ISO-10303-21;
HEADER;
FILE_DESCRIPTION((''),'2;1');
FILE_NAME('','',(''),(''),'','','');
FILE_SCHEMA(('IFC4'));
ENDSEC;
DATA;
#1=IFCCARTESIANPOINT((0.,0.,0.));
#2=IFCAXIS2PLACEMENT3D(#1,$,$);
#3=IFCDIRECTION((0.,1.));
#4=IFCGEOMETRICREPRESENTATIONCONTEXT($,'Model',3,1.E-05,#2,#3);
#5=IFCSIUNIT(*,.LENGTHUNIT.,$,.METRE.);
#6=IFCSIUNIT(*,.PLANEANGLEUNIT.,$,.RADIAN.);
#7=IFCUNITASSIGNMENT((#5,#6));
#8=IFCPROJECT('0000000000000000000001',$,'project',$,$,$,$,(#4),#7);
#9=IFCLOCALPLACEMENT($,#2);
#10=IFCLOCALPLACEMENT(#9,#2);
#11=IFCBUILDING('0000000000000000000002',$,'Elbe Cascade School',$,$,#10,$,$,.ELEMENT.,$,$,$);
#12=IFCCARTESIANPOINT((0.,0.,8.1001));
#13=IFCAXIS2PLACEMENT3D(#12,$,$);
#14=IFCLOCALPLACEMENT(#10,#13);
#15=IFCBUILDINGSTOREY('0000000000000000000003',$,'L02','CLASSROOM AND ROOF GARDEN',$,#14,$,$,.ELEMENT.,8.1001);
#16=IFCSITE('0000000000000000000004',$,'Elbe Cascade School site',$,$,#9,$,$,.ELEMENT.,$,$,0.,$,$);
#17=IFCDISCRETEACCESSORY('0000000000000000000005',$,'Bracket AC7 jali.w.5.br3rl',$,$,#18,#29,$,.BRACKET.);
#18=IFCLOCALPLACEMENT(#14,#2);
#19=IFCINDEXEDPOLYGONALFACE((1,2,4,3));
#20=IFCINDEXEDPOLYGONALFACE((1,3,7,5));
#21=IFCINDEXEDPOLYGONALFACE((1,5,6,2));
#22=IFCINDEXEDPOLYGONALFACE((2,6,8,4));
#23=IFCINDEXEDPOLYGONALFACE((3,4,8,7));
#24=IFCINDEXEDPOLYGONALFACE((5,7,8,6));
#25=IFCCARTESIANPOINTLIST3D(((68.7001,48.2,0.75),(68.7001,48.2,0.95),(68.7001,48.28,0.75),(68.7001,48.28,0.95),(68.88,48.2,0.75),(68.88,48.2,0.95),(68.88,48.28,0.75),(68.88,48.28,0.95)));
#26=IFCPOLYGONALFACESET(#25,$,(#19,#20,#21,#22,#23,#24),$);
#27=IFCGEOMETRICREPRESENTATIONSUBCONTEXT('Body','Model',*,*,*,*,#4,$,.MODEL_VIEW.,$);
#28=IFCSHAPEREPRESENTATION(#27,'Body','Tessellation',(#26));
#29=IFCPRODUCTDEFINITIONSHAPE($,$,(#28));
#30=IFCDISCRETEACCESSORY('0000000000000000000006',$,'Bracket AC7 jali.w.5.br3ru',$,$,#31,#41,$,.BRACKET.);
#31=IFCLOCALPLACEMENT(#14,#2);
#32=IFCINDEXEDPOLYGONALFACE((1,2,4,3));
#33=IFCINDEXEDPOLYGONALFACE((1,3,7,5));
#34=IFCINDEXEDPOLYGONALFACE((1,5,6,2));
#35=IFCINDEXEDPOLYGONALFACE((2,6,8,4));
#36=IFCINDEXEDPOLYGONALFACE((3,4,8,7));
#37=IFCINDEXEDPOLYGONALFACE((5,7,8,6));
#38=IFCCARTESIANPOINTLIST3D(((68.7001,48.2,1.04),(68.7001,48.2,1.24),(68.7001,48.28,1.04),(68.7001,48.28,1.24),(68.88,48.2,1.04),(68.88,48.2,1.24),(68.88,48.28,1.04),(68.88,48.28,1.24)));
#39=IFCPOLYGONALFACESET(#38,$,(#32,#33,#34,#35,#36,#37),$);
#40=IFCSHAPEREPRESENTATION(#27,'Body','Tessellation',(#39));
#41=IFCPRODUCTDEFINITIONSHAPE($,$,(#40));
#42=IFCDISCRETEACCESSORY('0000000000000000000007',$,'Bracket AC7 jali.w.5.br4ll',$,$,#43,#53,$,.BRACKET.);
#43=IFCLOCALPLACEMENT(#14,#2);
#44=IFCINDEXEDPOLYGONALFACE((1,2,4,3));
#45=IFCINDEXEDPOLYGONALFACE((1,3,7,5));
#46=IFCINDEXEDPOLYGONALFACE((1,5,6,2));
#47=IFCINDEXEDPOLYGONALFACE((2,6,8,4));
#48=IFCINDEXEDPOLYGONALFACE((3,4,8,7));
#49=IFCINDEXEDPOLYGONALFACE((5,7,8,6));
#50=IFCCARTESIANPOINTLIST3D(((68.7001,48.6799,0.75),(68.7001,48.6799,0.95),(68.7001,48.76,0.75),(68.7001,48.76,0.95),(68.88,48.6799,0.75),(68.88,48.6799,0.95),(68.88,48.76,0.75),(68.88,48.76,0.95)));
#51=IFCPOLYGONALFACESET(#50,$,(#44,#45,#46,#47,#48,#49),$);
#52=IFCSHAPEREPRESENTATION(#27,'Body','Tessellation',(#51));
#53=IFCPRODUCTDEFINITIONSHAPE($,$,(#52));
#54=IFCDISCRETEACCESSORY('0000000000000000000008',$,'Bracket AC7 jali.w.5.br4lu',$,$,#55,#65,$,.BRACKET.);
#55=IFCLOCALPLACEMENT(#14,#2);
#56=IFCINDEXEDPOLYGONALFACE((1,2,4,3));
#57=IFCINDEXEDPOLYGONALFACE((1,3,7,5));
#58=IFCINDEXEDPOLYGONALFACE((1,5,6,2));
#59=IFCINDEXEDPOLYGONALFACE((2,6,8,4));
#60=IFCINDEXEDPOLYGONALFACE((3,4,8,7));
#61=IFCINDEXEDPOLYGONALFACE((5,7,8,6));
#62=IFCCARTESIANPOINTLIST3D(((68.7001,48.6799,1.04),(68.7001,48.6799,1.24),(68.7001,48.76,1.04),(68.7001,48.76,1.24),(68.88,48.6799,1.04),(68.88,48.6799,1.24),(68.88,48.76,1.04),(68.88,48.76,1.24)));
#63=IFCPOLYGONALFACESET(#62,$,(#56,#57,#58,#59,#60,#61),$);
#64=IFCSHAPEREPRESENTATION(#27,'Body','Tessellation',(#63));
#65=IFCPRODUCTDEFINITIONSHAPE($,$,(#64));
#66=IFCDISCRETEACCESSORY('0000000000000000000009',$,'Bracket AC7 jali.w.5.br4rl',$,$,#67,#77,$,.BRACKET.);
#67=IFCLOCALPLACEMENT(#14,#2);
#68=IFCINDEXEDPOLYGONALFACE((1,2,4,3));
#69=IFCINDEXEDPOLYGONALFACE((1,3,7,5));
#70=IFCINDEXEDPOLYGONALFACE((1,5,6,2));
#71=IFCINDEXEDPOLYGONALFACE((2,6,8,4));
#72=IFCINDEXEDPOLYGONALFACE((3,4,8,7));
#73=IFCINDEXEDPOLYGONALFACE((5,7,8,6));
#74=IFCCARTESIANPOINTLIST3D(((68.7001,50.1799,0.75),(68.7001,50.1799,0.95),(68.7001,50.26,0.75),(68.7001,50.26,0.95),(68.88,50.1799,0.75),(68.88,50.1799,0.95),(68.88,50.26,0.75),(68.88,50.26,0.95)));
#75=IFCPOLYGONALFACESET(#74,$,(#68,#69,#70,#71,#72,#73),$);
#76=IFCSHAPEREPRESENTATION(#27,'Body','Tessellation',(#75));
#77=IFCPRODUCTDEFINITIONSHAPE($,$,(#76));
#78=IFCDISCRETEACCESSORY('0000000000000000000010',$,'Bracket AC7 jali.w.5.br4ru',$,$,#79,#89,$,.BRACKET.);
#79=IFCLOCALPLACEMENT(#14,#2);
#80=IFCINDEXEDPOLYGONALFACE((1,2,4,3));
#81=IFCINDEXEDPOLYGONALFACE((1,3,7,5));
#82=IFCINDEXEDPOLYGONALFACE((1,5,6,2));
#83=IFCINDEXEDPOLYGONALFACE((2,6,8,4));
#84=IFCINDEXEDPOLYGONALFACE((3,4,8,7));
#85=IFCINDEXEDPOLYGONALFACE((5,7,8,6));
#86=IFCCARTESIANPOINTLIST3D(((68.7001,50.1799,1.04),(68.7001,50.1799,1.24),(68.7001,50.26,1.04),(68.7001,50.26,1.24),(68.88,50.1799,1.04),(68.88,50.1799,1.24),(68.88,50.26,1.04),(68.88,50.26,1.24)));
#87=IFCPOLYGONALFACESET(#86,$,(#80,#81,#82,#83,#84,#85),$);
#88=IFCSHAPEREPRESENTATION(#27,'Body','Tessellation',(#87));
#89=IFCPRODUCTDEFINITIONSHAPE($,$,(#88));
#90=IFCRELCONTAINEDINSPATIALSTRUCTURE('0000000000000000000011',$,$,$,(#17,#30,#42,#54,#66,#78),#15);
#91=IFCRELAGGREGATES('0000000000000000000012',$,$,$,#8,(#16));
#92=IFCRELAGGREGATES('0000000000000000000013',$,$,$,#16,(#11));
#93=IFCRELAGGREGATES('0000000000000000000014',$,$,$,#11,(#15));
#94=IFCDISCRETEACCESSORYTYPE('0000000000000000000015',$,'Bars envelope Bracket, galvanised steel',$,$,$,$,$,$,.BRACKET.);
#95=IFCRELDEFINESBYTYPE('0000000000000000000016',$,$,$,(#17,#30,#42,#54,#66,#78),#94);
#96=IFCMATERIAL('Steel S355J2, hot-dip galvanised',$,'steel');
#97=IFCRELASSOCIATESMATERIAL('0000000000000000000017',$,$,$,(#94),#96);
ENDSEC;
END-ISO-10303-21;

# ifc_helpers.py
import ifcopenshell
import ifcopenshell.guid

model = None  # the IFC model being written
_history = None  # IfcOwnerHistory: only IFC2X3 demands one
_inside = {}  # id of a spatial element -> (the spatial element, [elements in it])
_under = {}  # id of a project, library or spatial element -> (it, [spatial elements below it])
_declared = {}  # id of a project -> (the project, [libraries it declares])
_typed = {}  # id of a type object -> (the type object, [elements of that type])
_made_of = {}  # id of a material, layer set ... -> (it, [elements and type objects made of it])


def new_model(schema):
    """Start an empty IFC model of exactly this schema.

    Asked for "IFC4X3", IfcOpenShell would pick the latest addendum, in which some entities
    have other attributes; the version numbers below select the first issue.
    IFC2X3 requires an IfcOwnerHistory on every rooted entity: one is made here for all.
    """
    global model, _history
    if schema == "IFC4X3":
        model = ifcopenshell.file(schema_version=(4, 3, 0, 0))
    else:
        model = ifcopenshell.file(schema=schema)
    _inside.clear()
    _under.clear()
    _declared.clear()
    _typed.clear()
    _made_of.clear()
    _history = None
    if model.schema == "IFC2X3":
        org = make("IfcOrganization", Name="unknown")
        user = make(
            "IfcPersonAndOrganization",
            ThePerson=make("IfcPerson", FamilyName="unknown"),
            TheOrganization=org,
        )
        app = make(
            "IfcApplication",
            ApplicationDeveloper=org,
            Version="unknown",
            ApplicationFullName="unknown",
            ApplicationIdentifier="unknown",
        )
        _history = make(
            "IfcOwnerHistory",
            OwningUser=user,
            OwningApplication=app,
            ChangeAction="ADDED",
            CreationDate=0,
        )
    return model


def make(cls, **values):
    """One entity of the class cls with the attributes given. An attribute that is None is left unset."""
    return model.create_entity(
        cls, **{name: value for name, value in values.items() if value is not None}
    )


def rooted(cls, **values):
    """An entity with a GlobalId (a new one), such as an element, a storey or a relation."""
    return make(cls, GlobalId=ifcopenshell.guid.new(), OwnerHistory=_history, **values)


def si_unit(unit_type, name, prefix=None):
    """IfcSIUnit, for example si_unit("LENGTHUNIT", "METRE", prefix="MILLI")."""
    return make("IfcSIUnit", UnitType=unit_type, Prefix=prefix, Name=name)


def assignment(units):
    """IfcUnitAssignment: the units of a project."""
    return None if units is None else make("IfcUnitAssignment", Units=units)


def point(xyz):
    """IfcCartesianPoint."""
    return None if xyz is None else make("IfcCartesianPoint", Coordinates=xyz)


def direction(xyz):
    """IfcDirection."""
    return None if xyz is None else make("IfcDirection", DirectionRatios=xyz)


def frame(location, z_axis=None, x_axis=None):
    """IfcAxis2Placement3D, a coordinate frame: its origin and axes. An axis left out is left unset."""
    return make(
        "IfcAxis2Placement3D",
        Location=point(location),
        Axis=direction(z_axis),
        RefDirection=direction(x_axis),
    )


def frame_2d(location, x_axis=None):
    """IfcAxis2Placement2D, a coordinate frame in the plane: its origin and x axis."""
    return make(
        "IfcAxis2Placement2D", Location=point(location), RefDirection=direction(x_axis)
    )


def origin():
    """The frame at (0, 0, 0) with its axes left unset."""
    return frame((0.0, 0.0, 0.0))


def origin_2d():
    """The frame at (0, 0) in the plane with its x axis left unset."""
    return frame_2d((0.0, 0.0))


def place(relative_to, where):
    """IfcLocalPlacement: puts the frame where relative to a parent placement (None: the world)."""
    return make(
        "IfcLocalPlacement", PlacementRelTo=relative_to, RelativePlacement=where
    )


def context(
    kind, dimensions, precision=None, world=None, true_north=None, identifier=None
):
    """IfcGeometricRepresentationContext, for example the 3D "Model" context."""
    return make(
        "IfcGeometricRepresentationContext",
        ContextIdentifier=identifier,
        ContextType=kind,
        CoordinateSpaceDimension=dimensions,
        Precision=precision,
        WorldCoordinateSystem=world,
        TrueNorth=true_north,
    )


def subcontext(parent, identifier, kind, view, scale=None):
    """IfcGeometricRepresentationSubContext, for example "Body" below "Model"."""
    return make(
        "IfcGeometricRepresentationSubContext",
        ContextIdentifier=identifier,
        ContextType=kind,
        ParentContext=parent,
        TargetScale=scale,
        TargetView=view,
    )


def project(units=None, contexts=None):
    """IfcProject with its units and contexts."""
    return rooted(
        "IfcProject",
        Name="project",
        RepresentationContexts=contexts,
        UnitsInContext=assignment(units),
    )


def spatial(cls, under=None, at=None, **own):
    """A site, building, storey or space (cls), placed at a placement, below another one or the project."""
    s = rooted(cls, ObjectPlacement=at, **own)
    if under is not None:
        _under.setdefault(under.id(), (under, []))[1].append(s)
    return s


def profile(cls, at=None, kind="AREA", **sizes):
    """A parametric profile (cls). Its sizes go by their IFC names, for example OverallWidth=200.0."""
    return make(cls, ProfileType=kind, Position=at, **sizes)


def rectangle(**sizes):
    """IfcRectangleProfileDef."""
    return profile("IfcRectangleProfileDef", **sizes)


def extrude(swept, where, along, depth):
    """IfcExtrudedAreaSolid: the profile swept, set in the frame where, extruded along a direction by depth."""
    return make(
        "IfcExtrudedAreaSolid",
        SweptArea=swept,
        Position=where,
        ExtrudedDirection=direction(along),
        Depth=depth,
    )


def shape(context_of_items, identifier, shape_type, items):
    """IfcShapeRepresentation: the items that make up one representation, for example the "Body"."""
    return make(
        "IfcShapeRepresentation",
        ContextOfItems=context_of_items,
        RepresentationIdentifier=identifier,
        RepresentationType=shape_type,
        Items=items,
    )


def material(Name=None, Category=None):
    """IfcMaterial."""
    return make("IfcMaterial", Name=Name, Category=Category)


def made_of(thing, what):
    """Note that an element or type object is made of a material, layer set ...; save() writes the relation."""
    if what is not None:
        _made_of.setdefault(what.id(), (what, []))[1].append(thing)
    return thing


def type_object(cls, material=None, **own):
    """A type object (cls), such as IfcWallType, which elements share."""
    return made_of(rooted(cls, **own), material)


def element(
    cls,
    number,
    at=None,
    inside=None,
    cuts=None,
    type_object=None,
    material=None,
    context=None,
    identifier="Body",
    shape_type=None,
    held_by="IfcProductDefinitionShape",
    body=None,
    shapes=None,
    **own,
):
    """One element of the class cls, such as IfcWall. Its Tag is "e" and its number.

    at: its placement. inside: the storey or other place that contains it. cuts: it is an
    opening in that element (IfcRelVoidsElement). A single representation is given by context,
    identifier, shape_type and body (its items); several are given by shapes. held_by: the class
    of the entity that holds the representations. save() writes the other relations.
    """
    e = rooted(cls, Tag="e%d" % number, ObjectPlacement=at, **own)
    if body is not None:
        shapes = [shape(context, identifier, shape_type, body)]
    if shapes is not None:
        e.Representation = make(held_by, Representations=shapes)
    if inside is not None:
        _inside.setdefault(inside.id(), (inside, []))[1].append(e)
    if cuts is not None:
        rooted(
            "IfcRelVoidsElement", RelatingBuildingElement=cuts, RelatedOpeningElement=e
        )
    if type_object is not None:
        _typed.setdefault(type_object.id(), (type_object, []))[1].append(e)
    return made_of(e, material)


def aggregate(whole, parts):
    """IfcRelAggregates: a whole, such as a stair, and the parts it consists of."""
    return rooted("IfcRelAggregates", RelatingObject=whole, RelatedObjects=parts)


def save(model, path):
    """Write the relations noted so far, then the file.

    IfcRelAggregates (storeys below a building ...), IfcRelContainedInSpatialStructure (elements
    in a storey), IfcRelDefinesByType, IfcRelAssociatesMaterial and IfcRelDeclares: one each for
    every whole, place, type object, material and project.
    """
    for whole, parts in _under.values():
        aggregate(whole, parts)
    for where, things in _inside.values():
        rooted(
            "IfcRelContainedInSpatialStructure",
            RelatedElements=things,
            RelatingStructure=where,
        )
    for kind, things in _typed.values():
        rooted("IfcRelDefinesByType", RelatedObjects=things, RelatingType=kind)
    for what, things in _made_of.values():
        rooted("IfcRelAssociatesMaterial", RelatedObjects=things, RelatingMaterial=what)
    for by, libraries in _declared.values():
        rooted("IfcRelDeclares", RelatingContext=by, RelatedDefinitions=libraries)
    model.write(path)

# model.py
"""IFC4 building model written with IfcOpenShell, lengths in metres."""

from ifc_helpers import new_model, si_unit, direction, frame, origin, origin_2d, place, context, subcontext, project, spatial, rectangle, extrude, material, type_object, element, save


model = new_model("IFC4")

# Units and contexts
model_context = context("Model", 3, precision=1e-05, world=origin(), true_north=direction((0.0, 1.0)))
body_context = subcontext(model_context, "Body", "Model", "MODEL_VIEW")
ifc_project = project(units=[si_unit("LENGTHUNIT", "METRE"), si_unit("PLANEANGLEUNIT", "RADIAN")], contexts=[model_context])

# Site, building, storey
site_placement = place(None, origin())
site = spatial("IfcSite", under=ifc_project, at=site_placement, Name="Elbe Cascade School site", CompositionType="ELEMENT", RefElevation=0.0)
building_placement = place(site_placement, origin())
building = spatial("IfcBuilding", under=site, at=building_placement, Name="Elbe Cascade School", CompositionType="ELEMENT")
storey_placement = place(building_placement, frame((0.0, 0.0, 8.1001)))
storey = spatial("IfcBuildingStorey", under=building, at=storey_placement, Name="L02", Description="CLASSROOM AND ROOF GARDEN", CompositionType="ELEMENT", Elevation=8.1001)

# Discrete accessories
ifc_material_1 = material(Name="Steel S355J2, hot-dip galvanised", Category="steel")
discrete_accessory_type = type_object("IfcDiscreteAccessoryType", Name="Bars envelope Bracket, galvanised steel", PredefinedType="BRACKET", material=ifc_material_1)
for number, where, z_axis, x_axis, name in (
    (1, (68.79, 48.24, 0.75), (0.0, 0.0, 1.0), (0.0, 1.0, 0.0), "Bracket AC7 jali.w.5.br3rl"),
    (2, (68.79, 48.24, 1.04), (0.0, 0.0, 1.0), (0.0, 1.0, 0.0), "Bracket AC7 jali.w.5.br3ru"),
    (3, (68.79, 48.72, 0.75), (0.0, 0.0, 1.0), (0.0, 1.0, 0.0), "Bracket AC7 jali.w.5.br4ll"),
    (4, (68.79, 48.72, 1.04), (0.0, 0.0, 1.0), (0.0, 1.0, 0.0), "Bracket AC7 jali.w.5.br4lu"),
    (5, (68.79, 50.22, 0.75), (0.0, 0.0, 1.0), (0.0, 1.0, 0.0), "Bracket AC7 jali.w.5.br4rl"),
    (6, (68.79, 50.22, 1.04), (0.0, 0.0, 1.0), (0.0, 1.0, 0.0), "Bracket AC7 jali.w.5.br4ru"),
):
    element("IfcDiscreteAccessory", number, at=place(storey_placement, frame(where, z_axis=z_axis, x_axis=x_axis)), inside=storey, type_object=discrete_accessory_type, Name=name, PredefinedType="BRACKET", context=body_context, shape_type="SweptSolid", body=[
        extrude(rectangle(XDim=0.0801, YDim=0.1799, at=origin_2d()), origin(), (0.0, 0.0, 1.0), 0.2),
    ])

save(model, "model.ifc")
